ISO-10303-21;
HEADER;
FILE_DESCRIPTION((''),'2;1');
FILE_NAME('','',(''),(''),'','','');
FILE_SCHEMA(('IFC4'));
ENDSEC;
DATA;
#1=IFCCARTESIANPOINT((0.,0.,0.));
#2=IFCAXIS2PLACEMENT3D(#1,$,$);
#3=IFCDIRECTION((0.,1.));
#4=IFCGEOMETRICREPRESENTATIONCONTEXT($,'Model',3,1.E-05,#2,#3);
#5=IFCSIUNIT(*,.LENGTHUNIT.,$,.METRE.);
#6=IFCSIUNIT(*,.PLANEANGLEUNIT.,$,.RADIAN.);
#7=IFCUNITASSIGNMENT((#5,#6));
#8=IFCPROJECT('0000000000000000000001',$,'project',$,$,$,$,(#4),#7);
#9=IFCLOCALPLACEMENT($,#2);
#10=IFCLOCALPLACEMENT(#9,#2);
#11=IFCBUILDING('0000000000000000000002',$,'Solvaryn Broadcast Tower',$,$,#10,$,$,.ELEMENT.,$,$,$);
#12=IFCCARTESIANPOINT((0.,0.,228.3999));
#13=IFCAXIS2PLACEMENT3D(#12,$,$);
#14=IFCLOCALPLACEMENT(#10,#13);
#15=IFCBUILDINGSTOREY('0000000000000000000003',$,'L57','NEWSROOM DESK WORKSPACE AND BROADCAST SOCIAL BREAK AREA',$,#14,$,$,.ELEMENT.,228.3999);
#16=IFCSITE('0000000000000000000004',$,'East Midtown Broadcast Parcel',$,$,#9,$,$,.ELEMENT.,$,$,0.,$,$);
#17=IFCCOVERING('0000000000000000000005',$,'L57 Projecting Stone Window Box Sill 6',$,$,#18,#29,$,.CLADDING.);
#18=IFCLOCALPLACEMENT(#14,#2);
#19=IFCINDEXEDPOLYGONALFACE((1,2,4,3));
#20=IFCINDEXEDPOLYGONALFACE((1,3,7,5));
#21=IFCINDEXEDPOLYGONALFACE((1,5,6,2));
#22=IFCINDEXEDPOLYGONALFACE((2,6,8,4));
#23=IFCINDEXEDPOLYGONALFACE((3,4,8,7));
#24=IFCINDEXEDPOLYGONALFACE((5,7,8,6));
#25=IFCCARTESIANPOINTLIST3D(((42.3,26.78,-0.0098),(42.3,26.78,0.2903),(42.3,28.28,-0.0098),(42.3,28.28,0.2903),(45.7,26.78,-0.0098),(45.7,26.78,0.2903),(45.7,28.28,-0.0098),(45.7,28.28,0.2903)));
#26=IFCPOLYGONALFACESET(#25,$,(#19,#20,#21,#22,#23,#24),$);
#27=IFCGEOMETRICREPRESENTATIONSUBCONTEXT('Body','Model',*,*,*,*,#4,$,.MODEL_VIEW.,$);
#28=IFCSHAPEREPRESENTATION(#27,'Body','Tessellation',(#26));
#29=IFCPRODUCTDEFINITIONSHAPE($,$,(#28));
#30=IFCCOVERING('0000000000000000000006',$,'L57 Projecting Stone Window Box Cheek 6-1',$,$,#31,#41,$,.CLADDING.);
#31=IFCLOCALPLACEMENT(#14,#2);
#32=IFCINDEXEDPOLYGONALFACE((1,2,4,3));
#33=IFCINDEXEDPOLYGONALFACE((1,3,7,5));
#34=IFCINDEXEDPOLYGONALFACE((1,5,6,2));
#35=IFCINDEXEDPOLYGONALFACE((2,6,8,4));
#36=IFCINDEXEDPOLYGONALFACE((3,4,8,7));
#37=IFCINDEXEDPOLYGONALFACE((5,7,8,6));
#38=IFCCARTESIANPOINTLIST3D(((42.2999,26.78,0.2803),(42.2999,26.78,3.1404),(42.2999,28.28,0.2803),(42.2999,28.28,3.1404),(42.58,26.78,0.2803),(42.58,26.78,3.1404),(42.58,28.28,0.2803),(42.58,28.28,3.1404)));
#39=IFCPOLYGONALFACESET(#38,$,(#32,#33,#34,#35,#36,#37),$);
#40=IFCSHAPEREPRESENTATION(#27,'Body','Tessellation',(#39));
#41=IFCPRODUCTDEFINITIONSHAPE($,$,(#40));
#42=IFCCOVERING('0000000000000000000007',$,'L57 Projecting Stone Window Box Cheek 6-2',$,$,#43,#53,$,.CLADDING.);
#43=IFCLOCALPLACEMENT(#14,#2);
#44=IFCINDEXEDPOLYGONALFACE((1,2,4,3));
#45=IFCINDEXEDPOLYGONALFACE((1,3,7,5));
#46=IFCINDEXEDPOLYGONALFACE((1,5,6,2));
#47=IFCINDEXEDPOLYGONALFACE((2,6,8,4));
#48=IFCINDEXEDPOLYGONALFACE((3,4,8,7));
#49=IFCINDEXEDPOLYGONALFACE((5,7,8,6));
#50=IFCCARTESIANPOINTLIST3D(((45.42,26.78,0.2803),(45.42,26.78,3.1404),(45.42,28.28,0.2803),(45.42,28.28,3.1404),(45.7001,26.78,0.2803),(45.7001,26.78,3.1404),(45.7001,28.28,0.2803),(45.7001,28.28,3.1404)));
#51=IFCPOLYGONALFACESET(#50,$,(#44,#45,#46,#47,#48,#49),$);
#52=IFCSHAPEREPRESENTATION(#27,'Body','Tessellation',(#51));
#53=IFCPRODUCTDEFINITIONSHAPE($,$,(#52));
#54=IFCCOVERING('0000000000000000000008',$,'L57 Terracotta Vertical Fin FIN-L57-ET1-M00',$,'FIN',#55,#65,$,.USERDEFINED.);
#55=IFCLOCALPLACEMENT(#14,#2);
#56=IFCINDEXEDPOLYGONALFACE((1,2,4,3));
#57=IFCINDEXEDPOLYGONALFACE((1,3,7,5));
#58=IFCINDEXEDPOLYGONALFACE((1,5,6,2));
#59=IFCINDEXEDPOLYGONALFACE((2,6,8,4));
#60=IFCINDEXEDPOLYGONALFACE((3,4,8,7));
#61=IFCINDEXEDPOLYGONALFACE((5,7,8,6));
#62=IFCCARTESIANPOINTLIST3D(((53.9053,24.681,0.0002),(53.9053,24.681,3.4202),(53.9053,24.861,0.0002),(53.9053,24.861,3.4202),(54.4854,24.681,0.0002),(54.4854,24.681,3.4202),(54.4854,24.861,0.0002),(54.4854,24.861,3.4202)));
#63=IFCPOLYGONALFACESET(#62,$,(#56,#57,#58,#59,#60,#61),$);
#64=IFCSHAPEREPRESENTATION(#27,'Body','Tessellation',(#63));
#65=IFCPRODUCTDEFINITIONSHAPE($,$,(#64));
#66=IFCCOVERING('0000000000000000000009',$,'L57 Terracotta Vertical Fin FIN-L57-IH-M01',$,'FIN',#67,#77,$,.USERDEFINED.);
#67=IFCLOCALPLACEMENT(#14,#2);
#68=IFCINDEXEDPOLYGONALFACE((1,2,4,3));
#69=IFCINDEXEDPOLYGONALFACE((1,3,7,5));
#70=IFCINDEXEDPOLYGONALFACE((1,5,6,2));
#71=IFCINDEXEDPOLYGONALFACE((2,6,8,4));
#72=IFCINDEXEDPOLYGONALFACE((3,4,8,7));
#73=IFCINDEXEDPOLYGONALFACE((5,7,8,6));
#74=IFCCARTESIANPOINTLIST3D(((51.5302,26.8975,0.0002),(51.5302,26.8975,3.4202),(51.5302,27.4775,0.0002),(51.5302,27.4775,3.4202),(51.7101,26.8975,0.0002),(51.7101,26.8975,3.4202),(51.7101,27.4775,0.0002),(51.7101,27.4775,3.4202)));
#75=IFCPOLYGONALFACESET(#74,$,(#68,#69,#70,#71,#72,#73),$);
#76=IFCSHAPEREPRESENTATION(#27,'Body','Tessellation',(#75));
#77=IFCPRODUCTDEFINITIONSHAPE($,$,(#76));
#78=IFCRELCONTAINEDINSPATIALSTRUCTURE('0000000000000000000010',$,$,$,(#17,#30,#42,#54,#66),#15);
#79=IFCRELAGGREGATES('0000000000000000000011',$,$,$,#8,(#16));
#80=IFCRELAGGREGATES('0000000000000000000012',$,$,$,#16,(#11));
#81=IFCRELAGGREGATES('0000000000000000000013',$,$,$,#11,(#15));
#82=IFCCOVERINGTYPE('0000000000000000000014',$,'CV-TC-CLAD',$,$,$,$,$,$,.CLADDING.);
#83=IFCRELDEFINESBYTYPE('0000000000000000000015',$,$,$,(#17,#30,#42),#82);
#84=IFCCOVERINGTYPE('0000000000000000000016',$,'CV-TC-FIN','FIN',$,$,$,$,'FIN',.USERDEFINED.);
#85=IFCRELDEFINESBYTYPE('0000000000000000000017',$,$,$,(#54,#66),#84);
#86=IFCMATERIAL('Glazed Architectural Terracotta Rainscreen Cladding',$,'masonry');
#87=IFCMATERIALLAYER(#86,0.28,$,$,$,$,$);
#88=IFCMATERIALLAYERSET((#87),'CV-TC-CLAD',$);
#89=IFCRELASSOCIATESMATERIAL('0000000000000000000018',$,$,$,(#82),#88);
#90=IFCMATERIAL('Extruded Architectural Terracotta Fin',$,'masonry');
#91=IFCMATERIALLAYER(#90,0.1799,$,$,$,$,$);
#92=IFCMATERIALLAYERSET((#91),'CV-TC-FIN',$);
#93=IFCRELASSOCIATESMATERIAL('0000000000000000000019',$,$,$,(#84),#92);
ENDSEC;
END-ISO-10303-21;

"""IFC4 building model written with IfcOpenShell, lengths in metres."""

from ifc_helpers import new_model, si_unit, direction, frame, origin, origin_2d, place, context, subcontext, project, spatial, rectangle, extrude, material, layer, layer_set, type_object, element, save


model = new_model("IFC4")

# Units and contexts
model_context = context("Model", 3, precision=1e-05, world=origin(), true_north=direction((0.0, 1.0)))
body_context = subcontext(model_context, "Body", "Model", "MODEL_VIEW")
ifc_project = project(units=[si_unit("LENGTHUNIT", "METRE"), si_unit("PLANEANGLEUNIT", "RADIAN")], contexts=[model_context])

# Site, building, storey
site_placement = place(None, origin())
site = spatial("IfcSite", under=ifc_project, at=site_placement, Name="East Midtown Broadcast Parcel", CompositionType="ELEMENT", RefElevation=0.0)
building_placement = place(site_placement, origin())
building = spatial("IfcBuilding", under=site, at=building_placement, Name="Solvaryn Broadcast Tower", CompositionType="ELEMENT")
storey_placement = place(building_placement, frame((0.0, 0.0, 228.3999)))
storey = spatial("IfcBuildingStorey", under=building, at=storey_placement, Name="L57", Description="NEWSROOM DESK WORKSPACE AND BROADCAST SOCIAL BREAK AREA", CompositionType="ELEMENT", Elevation=228.3999)

# Coverings
ifc_material_1 = material(Name="Glazed Architectural Terracotta Rainscreen Cladding", Category="masonry")
ifc_layer_1 = layer(ifc_material_1, 0.28)
ifc_layer_set_1 = layer_set([ifc_layer_1], Name="CV-TC-CLAD")
covering_type_1 = type_object("IfcCoveringType", Name="CV-TC-CLAD", PredefinedType="CLADDING", material=ifc_layer_set_1)
for number, where, z_axis, x_axis, name in (
    (1, (44.0, 27.53, -0.0098), (0.0, 0.0, 1.0), (1.0, 0.0, 0.0), "L57 Projecting Stone Window Box Sill 6"),
):
    element("IfcCovering", number, at=place(storey_placement, frame(where, z_axis=z_axis, x_axis=x_axis)), inside=storey, type_object=covering_type_1, Name=name, PredefinedType="CLADDING", context=body_context, shape_type="SweptSolid", body=[
        extrude(rectangle(XDim=3.3999, YDim=1.5, at=origin_2d()), origin(), (0.0, 0.0, 1.0), 0.3),
    ])
for number, where, z_axis, x_axis, name in (
    (2, (42.4399, 27.53, 0.2803), (0.0, 0.0, 1.0), (1.0, 0.0, 0.0), "L57 Projecting Stone Window Box Cheek 6-1"),
    (3, (45.5601, 27.53, 0.2803), (0.0, 0.0, 1.0), (1.0, 0.0, 0.0), "L57 Projecting Stone Window Box Cheek 6-2"),
):
    element("IfcCovering", number, at=place(storey_placement, frame(where, z_axis=z_axis, x_axis=x_axis)), inside=storey, type_object=covering_type_1, Name=name, PredefinedType="CLADDING", context=body_context, shape_type="SweptSolid", body=[
        extrude(rectangle(XDim=0.28, YDim=1.5, at=origin_2d()), origin(), (0.0, 0.0, 1.0), 2.8601),
    ])
ifc_material_2 = material(Name="Extruded Architectural Terracotta Fin", Category="masonry")
ifc_layer_2 = layer(ifc_material_2, 0.1799)
ifc_layer_set_2 = layer_set([ifc_layer_2], Name="CV-TC-FIN")
covering_type_2 = type_object("IfcCoveringType", Name="CV-TC-FIN", Description="FIN", ElementType="FIN", PredefinedType="USERDEFINED", material=ifc_layer_set_2)
covering_1_placement = place(storey_placement, frame((54.1953, 24.771, 0.0002), z_axis=(0.0, 0.0, 1.0), x_axis=(1.0, 0.0, 0.0)))
element("IfcCovering", 4, at=covering_1_placement, inside=storey, type_object=covering_type_2, Name="L57 Terracotta Vertical Fin FIN-L57-ET1-M00", ObjectType="FIN", PredefinedType="USERDEFINED", context=body_context, shape_type="SweptSolid", body=[
    extrude(rectangle(XDim=0.5801, YDim=0.1799, at=origin_2d()), origin(), (0.0, 0.0, 1.0), 3.4199),
])
covering_2_placement = place(storey_placement, frame((51.6201, 27.1875, 0.0002), z_axis=(0.0, 0.0, 1.0), x_axis=(1.0, 0.0, 0.0)))
element("IfcCovering", 5, at=covering_2_placement, inside=storey, type_object=covering_type_2, Name="L57 Terracotta Vertical Fin FIN-L57-IH-M01", ObjectType="FIN", PredefinedType="USERDEFINED", context=body_context, shape_type="SweptSolid", body=[
    extrude(rectangle(XDim=0.1799, YDim=0.5801, at=origin_2d()), origin(), (0.0, 0.0, 1.0), 3.4199),
])

save(model, "model.ifc")
